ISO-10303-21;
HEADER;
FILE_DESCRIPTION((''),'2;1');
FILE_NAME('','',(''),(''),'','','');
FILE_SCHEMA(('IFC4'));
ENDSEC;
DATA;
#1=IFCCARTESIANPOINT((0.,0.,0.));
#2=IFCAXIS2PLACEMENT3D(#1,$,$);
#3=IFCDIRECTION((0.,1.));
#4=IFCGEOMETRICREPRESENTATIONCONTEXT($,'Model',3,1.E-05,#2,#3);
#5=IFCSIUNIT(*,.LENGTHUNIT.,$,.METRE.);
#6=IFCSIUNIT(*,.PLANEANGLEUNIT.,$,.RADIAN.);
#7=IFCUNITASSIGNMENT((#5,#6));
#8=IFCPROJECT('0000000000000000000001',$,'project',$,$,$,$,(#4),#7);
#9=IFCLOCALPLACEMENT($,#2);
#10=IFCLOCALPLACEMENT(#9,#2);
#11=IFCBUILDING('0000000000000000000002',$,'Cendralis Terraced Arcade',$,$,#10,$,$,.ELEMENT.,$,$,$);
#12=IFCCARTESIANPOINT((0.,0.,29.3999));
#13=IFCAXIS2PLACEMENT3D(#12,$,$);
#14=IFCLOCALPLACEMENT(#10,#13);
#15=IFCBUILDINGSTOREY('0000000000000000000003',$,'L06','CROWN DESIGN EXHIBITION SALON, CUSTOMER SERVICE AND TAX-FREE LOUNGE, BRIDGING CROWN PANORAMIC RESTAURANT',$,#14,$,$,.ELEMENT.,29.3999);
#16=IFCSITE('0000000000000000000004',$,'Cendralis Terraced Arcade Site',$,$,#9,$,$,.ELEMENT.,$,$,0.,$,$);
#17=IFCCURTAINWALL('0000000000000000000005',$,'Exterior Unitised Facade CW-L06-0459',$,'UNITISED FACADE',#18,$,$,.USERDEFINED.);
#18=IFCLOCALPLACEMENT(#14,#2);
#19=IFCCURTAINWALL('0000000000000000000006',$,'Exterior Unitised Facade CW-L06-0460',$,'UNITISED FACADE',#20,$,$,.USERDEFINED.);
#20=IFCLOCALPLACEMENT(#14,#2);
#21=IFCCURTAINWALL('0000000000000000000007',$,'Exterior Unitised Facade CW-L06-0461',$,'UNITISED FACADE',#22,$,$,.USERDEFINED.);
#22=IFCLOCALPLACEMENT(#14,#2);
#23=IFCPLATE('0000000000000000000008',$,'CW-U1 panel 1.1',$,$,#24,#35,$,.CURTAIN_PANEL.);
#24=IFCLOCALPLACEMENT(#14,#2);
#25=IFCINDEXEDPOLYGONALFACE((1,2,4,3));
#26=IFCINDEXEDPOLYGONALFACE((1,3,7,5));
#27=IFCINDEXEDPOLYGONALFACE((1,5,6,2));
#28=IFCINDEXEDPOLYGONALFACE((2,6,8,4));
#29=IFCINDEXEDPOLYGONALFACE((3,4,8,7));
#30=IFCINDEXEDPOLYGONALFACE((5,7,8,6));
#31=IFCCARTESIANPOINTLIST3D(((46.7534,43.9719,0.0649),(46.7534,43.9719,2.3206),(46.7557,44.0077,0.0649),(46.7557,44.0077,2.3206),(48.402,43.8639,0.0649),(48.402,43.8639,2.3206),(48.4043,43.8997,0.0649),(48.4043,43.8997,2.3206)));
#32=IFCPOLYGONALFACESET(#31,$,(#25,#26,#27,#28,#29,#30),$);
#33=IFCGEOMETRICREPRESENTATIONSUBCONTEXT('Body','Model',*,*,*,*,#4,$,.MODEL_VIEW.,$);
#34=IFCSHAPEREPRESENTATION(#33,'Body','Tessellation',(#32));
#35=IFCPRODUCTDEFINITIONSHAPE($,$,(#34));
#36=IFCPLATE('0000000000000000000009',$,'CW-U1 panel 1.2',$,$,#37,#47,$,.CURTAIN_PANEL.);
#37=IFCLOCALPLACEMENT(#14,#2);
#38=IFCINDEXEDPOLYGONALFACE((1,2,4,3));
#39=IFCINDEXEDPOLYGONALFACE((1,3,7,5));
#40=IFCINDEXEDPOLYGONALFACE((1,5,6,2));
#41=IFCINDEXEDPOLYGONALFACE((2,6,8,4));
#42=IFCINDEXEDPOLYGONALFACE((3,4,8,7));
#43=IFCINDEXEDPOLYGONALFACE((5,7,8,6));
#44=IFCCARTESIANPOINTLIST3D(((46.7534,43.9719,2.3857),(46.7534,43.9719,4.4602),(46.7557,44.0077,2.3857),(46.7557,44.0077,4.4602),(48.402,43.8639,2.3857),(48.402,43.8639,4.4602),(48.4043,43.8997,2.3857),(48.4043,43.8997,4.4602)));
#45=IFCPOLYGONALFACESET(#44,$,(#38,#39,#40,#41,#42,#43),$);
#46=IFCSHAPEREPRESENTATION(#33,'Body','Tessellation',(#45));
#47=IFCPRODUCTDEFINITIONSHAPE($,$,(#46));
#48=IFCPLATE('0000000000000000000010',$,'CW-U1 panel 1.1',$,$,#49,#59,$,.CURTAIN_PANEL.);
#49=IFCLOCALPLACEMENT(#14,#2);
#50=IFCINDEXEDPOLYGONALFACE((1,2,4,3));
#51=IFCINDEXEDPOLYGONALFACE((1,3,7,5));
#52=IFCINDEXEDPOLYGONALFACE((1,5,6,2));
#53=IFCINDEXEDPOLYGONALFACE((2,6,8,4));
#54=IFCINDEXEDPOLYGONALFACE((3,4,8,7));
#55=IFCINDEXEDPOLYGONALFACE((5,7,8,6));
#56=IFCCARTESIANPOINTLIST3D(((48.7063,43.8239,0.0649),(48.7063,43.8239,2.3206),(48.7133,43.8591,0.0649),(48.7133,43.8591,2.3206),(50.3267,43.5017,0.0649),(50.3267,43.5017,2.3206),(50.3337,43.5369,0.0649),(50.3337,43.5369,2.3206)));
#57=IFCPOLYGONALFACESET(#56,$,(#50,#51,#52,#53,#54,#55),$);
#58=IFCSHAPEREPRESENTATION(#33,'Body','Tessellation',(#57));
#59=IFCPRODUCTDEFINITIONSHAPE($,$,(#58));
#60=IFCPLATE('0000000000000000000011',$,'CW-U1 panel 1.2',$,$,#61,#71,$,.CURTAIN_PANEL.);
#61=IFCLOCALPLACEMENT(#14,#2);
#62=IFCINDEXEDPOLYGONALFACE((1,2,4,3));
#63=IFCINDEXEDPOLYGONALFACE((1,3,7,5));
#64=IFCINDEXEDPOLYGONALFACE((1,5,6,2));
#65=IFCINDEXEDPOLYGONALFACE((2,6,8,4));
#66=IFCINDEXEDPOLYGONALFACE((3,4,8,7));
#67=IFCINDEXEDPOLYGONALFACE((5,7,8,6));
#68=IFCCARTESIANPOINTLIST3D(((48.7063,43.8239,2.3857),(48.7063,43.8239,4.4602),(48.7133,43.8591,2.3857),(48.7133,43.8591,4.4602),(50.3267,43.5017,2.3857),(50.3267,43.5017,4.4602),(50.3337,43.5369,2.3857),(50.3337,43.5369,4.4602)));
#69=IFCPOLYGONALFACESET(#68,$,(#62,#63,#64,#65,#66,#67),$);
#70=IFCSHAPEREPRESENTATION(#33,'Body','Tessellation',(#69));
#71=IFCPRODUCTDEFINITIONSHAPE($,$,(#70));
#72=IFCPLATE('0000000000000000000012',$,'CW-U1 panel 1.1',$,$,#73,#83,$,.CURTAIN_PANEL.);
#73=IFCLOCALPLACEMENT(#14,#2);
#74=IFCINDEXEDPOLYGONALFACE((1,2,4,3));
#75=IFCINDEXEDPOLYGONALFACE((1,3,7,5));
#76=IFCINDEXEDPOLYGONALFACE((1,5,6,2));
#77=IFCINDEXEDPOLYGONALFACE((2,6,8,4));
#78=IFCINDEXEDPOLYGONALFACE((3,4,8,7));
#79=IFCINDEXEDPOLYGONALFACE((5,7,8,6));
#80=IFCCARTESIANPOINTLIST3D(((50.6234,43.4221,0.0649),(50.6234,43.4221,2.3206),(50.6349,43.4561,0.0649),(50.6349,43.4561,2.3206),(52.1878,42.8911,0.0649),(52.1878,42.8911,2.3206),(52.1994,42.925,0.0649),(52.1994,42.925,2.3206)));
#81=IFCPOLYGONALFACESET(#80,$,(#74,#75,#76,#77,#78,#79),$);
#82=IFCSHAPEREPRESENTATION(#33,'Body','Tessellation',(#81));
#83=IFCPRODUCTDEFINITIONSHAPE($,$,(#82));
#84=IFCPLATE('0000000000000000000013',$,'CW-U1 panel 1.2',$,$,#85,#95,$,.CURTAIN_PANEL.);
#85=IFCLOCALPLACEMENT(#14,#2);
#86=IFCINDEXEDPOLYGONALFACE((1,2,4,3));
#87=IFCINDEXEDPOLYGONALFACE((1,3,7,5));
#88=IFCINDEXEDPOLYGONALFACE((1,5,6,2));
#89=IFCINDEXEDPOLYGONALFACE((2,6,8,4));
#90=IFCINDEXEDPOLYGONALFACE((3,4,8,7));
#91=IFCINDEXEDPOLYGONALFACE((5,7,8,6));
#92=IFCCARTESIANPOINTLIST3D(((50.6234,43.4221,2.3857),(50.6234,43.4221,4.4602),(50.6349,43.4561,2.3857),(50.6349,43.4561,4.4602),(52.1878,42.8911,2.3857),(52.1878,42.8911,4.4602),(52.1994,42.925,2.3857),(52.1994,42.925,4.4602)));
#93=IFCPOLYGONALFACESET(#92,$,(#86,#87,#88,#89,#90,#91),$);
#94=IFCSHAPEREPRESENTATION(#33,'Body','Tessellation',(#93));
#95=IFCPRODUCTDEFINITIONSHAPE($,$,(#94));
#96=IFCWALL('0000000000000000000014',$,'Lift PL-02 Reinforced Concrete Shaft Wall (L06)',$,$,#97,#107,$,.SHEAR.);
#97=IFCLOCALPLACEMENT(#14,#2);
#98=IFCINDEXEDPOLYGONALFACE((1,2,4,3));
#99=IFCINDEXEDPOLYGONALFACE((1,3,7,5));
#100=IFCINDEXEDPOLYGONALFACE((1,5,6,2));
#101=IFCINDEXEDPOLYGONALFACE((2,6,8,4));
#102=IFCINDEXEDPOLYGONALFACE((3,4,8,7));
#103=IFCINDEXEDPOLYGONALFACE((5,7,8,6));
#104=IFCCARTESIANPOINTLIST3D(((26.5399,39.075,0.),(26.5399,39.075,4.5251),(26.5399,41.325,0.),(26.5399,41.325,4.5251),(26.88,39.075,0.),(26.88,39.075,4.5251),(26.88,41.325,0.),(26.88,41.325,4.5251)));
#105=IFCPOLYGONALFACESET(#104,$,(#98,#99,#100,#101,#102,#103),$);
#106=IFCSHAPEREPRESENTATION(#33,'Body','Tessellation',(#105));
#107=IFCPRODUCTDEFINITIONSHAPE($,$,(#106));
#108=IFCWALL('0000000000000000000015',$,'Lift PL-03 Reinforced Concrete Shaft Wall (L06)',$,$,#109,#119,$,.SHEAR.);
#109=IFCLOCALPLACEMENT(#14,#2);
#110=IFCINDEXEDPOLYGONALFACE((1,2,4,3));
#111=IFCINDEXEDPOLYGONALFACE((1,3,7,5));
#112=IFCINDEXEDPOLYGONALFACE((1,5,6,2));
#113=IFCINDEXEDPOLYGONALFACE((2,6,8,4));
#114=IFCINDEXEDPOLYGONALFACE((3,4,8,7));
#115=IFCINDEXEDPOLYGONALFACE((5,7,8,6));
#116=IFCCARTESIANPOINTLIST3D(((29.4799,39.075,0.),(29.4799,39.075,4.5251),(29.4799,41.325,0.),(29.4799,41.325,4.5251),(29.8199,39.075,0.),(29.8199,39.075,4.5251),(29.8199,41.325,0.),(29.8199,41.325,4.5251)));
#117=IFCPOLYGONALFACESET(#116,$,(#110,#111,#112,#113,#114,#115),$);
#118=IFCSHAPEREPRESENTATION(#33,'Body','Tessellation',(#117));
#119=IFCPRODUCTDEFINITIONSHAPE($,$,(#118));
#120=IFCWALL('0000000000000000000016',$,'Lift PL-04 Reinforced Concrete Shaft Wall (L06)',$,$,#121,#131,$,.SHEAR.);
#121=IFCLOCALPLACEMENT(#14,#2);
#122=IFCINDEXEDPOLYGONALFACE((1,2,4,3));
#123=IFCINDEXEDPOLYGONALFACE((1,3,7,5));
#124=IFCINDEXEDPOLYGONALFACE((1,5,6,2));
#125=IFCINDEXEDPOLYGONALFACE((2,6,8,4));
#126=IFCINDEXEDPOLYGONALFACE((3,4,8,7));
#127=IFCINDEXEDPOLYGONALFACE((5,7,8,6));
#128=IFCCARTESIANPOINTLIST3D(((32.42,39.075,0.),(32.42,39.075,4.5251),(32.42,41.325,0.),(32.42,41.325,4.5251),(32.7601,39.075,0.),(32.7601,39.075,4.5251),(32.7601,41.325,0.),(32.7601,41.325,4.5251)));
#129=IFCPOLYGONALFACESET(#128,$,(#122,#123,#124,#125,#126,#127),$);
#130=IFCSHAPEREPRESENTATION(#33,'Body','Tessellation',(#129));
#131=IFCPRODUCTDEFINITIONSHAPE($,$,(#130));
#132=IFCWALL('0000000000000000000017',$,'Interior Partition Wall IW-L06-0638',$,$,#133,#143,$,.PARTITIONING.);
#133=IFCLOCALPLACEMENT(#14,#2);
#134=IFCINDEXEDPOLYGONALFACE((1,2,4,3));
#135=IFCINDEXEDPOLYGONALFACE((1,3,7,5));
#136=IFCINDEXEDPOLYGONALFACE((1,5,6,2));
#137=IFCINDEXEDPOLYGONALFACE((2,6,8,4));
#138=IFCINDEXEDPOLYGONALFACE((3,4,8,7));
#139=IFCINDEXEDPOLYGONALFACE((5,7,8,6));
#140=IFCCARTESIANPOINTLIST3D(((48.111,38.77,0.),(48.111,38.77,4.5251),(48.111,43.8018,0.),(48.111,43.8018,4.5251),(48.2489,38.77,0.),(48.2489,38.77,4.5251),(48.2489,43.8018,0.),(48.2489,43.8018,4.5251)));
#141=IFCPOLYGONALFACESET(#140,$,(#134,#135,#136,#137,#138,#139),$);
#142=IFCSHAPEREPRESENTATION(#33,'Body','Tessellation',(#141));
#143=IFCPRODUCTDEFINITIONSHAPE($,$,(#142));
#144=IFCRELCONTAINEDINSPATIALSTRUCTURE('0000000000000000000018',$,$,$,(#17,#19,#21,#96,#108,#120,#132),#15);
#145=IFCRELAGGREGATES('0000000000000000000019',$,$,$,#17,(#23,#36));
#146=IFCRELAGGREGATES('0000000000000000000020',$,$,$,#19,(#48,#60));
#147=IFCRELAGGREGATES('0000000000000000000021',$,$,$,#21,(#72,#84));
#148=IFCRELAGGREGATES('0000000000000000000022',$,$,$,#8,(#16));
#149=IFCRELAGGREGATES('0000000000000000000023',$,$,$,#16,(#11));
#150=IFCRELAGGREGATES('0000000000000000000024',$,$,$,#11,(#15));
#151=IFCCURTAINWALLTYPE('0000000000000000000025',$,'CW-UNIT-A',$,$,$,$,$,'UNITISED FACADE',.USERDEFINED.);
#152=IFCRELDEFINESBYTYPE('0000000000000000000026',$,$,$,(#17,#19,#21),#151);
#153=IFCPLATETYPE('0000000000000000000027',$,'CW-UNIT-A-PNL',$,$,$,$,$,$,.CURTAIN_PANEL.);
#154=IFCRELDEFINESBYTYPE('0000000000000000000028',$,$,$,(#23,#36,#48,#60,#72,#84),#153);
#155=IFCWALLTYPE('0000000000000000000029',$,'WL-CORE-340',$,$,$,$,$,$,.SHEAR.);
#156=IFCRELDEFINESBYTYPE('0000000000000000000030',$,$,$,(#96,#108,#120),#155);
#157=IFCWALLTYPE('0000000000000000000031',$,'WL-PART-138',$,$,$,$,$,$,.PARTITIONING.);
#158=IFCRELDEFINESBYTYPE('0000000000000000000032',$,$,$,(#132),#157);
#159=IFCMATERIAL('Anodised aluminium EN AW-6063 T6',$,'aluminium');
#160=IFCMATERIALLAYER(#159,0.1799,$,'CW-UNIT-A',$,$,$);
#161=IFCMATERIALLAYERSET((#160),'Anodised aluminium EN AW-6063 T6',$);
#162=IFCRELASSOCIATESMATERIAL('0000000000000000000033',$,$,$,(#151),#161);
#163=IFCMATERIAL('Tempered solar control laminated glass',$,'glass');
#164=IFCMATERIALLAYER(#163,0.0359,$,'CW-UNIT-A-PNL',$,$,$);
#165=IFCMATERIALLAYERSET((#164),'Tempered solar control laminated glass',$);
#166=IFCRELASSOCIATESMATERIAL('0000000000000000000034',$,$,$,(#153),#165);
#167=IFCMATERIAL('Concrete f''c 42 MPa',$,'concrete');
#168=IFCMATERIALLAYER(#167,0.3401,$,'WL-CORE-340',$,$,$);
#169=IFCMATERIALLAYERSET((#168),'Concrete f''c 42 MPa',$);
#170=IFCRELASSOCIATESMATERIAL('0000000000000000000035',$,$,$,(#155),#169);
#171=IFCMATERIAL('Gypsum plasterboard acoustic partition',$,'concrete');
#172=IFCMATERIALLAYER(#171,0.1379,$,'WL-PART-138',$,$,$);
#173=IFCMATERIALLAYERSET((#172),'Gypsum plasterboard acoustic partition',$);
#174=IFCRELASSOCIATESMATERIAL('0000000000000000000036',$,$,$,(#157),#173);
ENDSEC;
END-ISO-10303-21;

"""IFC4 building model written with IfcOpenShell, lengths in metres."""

from ifc_helpers import new_model, si_unit, direction, frame, frame_2d, origin, origin_2d, place, context, subcontext, project, spatial, rectangle, extrude, material, layer, layer_set, type_object, element, aggregate, save


model = new_model("IFC4")

# Units and contexts
model_context = context("Model", 3, precision=1e-05, world=origin(), true_north=direction((0.0, 1.0)))
body_context = subcontext(model_context, "Body", "Model", "MODEL_VIEW")
ifc_project = project(units=[si_unit("LENGTHUNIT", "METRE"), si_unit("PLANEANGLEUNIT", "RADIAN")], contexts=[model_context])

# Site, building, storey
site_placement = place(None, origin())
site = spatial("IfcSite", under=ifc_project, at=site_placement, Name="Cendralis Terraced Arcade Site", CompositionType="ELEMENT", RefElevation=0.0)
building_placement = place(site_placement, origin())
building = spatial("IfcBuilding", under=site, at=building_placement, Name="Cendralis Terraced Arcade", CompositionType="ELEMENT")
storey_placement = place(building_placement, frame((0.0, 0.0, 29.3999)))
storey = spatial("IfcBuildingStorey", under=building, at=storey_placement, Name="L06", Description="CROWN DESIGN EXHIBITION SALON, CUSTOMER SERVICE AND TAX-FREE LOUNGE, BRIDGING CROWN PANORAMIC RESTAURANT", CompositionType="ELEMENT", Elevation=29.3999)

# Curtain wall
ifc_material_1 = material(Name="Anodised aluminium EN AW-6063 T6", Category="aluminium")
ifc_layer_1 = layer(ifc_material_1, 0.1799, Name="CW-UNIT-A")
ifc_layer_set_1 = layer_set([ifc_layer_1], Name="Anodised aluminium EN AW-6063 T6")
curtain_wall_type = type_object("IfcCurtainWallType", Name="CW-UNIT-A", ElementType="UNITISED FACADE", PredefinedType="USERDEFINED", material=ifc_layer_set_1)
curtain_wall_1_placement = place(storey_placement, origin())
curtain_wall_1 = element("IfcCurtainWall", 1, at=curtain_wall_1_placement, inside=storey, type_object=curtain_wall_type, Name="Exterior Unitised Facade CW-L06-0459", ObjectType="UNITISED FACADE", PredefinedType="USERDEFINED")

# Curtain walls
curtain_wall_2_placement = place(storey_placement, origin())
curtain_wall_2 = element("IfcCurtainWall", 2, at=curtain_wall_2_placement, inside=storey, type_object=curtain_wall_type, Name="Exterior Unitised Facade CW-L06-0460", ObjectType="UNITISED FACADE", PredefinedType="USERDEFINED")
curtain_wall_3_placement = place(storey_placement, origin())
curtain_wall_3 = element("IfcCurtainWall", 3, at=curtain_wall_3_placement, inside=storey, type_object=curtain_wall_type, Name="Exterior Unitised Facade CW-L06-0461", ObjectType="UNITISED FACADE", PredefinedType="USERDEFINED")

# Plates
ifc_material_2 = material(Name="Tempered solar control laminated glass", Category="glass")
ifc_layer_2 = layer(ifc_material_2, 0.0359, Name="CW-UNIT-A-PNL")
ifc_layer_set_2 = layer_set([ifc_layer_2], Name="Tempered solar control laminated glass")
plate_type = type_object("IfcPlateType", Name="CW-UNIT-A-PNL", PredefinedType="CURTAIN_PANEL", material=ifc_layer_set_2)
plate_1_placement = place(storey_placement, frame((47.5789, 43.9358, 0.0649), z_axis=(0.0, 0.0, 1.0), x_axis=(0.997861, -0.065372, 0.0)))
plate_1 = element("IfcPlate", 4, at=plate_1_placement, type_object=plate_type, Name="CW-U1 panel 1.1", PredefinedType="CURTAIN_PANEL", context=body_context, shape_type="SweptSolid", body=[
    extrude(rectangle(XDim=1.6521, YDim=0.0359, at=origin_2d()), origin(), (0.0, 0.0, 1.0), 2.2556),
])
plate_2_placement = place(storey_placement, frame((47.5789, 43.9358, 2.3857), z_axis=(0.0, 0.0, 1.0), x_axis=(0.997861, -0.065372, 0.0)))
plate_2 = element("IfcPlate", 5, at=plate_2_placement, type_object=plate_type, Name="CW-U1 panel 1.2", PredefinedType="CURTAIN_PANEL", context=body_context, shape_type="SweptSolid", body=[
    extrude(rectangle(XDim=1.6521, YDim=0.0359, at=origin_2d()), origin(), (0.0, 0.0, 1.0), 2.0745),
])
aggregate(curtain_wall_1, [plate_1, plate_2])
plate_3_placement = place(storey_placement, frame((49.52, 43.6804, 0.0649), z_axis=(0.0, 0.0, 1.0), x_axis=(0.980792, -0.195058, 0.0)))
plate_3 = element("IfcPlate", 6, at=plate_3_placement, type_object=plate_type, Name="CW-U1 panel 1.1", PredefinedType="CURTAIN_PANEL", context=body_context, shape_type="SweptSolid", body=[
    extrude(rectangle(XDim=1.6521, YDim=0.0359, at=origin_2d()), origin(), (0.0, 0.0, 1.0), 2.2556),
])
plate_4_placement = place(storey_placement, frame((49.52, 43.6804, 2.3857), z_axis=(0.0, 0.0, 1.0), x_axis=(0.980792, -0.195058, 0.0)))
plate_4 = element("IfcPlate", 7, at=plate_4_placement, type_object=plate_type, Name="CW-U1 panel 1.2", PredefinedType="CURTAIN_PANEL", context=body_context, shape_type="SweptSolid", body=[
    extrude(rectangle(XDim=1.6521, YDim=0.0359, at=origin_2d()), origin(), (0.0, 0.0, 1.0), 2.0745),
])
aggregate(curtain_wall_2, [plate_3, plate_4])
plate_5_placement = place(storey_placement, frame((51.4114, 43.1736, 0.0649), z_axis=(0.0, 0.0, 1.0), x_axis=(0.946924, -0.321458, 0.0)))
plate_5 = element("IfcPlate", 8, at=plate_5_placement, type_object=plate_type, Name="CW-U1 panel 1.1", PredefinedType="CURTAIN_PANEL", context=body_context, shape_type="SweptSolid", body=[
    extrude(rectangle(XDim=1.6521, YDim=0.0359, at=origin_2d()), origin(), (0.0, 0.0, 1.0), 2.2556),
])
plate_6_placement = place(storey_placement, frame((51.4114, 43.1736, 2.3857), z_axis=(0.0, 0.0, 1.0), x_axis=(0.946924, -0.321458, 0.0)))
plate_6 = element("IfcPlate", 9, at=plate_6_placement, type_object=plate_type, Name="CW-U1 panel 1.2", PredefinedType="CURTAIN_PANEL", context=body_context, shape_type="SweptSolid", body=[
    extrude(rectangle(XDim=1.6521, YDim=0.0359, at=origin_2d()), origin(), (0.0, 0.0, 1.0), 2.0745),
])
aggregate(curtain_wall_3, [plate_5, plate_6])

# Walls
ifc_material_3 = material(Name="Concrete f'c 42 MPa", Category="concrete")
ifc_layer_3 = layer(ifc_material_3, 0.3401, Name="WL-CORE-340")
ifc_layer_set_3 = layer_set([ifc_layer_3], Name="Concrete f'c 42 MPa")
wall_type_1 = type_object("IfcWallType", Name="WL-CORE-340", PredefinedType="SHEAR", material=ifc_layer_set_3)
for number, where, z_axis, x_axis, name in (
    (10, (26.71, 39.075, 0.0), (0.0, 0.0, 1.0), (0.0, 1.0, 0.0), "Lift PL-02 Reinforced Concrete Shaft Wall (L06)"),
    (11, (29.6499, 39.075, 0.0), (0.0, 0.0, 1.0), (0.0, 1.0, 0.0), "Lift PL-03 Reinforced Concrete Shaft Wall (L06)"),
    (12, (32.5901, 39.075, 0.0), (0.0, 0.0, 1.0), (0.0, 1.0, 0.0), "Lift PL-04 Reinforced Concrete Shaft Wall (L06)"),
):
    element("IfcWall", number, at=place(storey_placement, frame(where, z_axis=z_axis, x_axis=x_axis)), inside=storey, type_object=wall_type_1, Name=name, PredefinedType="SHEAR", context=body_context, shape_type="SweptSolid", body=[
        extrude(rectangle(XDim=2.25, YDim=0.3401, at=frame_2d((1.125, 0.0))), origin(), (0.0, 0.0, 1.0), 4.5251),
    ])
ifc_material_4 = material(Name="Gypsum plasterboard acoustic partition", Category="concrete")
ifc_layer_4 = layer(ifc_material_4, 0.1379, Name="WL-PART-138")
ifc_layer_set_4 = layer_set([ifc_layer_4], Name="Gypsum plasterboard acoustic partition")
wall_type_2 = type_object("IfcWallType", Name="WL-PART-138", PredefinedType="PARTITIONING", material=ifc_layer_set_4)
wall_placement = place(storey_placement, frame((48.1799, 38.77, 0.0), z_axis=(0.0, 0.0, 1.0), x_axis=(0.0, 1.0, 0.0)))
element("IfcWall", 13, at=wall_placement, inside=storey, type_object=wall_type_2, Name="Interior Partition Wall IW-L06-0638", PredefinedType="PARTITIONING", context=body_context, shape_type="SweptSolid", body=[
    extrude(rectangle(XDim=5.0317, YDim=0.1379, at=frame_2d((2.5159, 0.0))), origin(), (0.0, 0.0, 1.0), 4.5251),
])

save(model, "model.ifc")
